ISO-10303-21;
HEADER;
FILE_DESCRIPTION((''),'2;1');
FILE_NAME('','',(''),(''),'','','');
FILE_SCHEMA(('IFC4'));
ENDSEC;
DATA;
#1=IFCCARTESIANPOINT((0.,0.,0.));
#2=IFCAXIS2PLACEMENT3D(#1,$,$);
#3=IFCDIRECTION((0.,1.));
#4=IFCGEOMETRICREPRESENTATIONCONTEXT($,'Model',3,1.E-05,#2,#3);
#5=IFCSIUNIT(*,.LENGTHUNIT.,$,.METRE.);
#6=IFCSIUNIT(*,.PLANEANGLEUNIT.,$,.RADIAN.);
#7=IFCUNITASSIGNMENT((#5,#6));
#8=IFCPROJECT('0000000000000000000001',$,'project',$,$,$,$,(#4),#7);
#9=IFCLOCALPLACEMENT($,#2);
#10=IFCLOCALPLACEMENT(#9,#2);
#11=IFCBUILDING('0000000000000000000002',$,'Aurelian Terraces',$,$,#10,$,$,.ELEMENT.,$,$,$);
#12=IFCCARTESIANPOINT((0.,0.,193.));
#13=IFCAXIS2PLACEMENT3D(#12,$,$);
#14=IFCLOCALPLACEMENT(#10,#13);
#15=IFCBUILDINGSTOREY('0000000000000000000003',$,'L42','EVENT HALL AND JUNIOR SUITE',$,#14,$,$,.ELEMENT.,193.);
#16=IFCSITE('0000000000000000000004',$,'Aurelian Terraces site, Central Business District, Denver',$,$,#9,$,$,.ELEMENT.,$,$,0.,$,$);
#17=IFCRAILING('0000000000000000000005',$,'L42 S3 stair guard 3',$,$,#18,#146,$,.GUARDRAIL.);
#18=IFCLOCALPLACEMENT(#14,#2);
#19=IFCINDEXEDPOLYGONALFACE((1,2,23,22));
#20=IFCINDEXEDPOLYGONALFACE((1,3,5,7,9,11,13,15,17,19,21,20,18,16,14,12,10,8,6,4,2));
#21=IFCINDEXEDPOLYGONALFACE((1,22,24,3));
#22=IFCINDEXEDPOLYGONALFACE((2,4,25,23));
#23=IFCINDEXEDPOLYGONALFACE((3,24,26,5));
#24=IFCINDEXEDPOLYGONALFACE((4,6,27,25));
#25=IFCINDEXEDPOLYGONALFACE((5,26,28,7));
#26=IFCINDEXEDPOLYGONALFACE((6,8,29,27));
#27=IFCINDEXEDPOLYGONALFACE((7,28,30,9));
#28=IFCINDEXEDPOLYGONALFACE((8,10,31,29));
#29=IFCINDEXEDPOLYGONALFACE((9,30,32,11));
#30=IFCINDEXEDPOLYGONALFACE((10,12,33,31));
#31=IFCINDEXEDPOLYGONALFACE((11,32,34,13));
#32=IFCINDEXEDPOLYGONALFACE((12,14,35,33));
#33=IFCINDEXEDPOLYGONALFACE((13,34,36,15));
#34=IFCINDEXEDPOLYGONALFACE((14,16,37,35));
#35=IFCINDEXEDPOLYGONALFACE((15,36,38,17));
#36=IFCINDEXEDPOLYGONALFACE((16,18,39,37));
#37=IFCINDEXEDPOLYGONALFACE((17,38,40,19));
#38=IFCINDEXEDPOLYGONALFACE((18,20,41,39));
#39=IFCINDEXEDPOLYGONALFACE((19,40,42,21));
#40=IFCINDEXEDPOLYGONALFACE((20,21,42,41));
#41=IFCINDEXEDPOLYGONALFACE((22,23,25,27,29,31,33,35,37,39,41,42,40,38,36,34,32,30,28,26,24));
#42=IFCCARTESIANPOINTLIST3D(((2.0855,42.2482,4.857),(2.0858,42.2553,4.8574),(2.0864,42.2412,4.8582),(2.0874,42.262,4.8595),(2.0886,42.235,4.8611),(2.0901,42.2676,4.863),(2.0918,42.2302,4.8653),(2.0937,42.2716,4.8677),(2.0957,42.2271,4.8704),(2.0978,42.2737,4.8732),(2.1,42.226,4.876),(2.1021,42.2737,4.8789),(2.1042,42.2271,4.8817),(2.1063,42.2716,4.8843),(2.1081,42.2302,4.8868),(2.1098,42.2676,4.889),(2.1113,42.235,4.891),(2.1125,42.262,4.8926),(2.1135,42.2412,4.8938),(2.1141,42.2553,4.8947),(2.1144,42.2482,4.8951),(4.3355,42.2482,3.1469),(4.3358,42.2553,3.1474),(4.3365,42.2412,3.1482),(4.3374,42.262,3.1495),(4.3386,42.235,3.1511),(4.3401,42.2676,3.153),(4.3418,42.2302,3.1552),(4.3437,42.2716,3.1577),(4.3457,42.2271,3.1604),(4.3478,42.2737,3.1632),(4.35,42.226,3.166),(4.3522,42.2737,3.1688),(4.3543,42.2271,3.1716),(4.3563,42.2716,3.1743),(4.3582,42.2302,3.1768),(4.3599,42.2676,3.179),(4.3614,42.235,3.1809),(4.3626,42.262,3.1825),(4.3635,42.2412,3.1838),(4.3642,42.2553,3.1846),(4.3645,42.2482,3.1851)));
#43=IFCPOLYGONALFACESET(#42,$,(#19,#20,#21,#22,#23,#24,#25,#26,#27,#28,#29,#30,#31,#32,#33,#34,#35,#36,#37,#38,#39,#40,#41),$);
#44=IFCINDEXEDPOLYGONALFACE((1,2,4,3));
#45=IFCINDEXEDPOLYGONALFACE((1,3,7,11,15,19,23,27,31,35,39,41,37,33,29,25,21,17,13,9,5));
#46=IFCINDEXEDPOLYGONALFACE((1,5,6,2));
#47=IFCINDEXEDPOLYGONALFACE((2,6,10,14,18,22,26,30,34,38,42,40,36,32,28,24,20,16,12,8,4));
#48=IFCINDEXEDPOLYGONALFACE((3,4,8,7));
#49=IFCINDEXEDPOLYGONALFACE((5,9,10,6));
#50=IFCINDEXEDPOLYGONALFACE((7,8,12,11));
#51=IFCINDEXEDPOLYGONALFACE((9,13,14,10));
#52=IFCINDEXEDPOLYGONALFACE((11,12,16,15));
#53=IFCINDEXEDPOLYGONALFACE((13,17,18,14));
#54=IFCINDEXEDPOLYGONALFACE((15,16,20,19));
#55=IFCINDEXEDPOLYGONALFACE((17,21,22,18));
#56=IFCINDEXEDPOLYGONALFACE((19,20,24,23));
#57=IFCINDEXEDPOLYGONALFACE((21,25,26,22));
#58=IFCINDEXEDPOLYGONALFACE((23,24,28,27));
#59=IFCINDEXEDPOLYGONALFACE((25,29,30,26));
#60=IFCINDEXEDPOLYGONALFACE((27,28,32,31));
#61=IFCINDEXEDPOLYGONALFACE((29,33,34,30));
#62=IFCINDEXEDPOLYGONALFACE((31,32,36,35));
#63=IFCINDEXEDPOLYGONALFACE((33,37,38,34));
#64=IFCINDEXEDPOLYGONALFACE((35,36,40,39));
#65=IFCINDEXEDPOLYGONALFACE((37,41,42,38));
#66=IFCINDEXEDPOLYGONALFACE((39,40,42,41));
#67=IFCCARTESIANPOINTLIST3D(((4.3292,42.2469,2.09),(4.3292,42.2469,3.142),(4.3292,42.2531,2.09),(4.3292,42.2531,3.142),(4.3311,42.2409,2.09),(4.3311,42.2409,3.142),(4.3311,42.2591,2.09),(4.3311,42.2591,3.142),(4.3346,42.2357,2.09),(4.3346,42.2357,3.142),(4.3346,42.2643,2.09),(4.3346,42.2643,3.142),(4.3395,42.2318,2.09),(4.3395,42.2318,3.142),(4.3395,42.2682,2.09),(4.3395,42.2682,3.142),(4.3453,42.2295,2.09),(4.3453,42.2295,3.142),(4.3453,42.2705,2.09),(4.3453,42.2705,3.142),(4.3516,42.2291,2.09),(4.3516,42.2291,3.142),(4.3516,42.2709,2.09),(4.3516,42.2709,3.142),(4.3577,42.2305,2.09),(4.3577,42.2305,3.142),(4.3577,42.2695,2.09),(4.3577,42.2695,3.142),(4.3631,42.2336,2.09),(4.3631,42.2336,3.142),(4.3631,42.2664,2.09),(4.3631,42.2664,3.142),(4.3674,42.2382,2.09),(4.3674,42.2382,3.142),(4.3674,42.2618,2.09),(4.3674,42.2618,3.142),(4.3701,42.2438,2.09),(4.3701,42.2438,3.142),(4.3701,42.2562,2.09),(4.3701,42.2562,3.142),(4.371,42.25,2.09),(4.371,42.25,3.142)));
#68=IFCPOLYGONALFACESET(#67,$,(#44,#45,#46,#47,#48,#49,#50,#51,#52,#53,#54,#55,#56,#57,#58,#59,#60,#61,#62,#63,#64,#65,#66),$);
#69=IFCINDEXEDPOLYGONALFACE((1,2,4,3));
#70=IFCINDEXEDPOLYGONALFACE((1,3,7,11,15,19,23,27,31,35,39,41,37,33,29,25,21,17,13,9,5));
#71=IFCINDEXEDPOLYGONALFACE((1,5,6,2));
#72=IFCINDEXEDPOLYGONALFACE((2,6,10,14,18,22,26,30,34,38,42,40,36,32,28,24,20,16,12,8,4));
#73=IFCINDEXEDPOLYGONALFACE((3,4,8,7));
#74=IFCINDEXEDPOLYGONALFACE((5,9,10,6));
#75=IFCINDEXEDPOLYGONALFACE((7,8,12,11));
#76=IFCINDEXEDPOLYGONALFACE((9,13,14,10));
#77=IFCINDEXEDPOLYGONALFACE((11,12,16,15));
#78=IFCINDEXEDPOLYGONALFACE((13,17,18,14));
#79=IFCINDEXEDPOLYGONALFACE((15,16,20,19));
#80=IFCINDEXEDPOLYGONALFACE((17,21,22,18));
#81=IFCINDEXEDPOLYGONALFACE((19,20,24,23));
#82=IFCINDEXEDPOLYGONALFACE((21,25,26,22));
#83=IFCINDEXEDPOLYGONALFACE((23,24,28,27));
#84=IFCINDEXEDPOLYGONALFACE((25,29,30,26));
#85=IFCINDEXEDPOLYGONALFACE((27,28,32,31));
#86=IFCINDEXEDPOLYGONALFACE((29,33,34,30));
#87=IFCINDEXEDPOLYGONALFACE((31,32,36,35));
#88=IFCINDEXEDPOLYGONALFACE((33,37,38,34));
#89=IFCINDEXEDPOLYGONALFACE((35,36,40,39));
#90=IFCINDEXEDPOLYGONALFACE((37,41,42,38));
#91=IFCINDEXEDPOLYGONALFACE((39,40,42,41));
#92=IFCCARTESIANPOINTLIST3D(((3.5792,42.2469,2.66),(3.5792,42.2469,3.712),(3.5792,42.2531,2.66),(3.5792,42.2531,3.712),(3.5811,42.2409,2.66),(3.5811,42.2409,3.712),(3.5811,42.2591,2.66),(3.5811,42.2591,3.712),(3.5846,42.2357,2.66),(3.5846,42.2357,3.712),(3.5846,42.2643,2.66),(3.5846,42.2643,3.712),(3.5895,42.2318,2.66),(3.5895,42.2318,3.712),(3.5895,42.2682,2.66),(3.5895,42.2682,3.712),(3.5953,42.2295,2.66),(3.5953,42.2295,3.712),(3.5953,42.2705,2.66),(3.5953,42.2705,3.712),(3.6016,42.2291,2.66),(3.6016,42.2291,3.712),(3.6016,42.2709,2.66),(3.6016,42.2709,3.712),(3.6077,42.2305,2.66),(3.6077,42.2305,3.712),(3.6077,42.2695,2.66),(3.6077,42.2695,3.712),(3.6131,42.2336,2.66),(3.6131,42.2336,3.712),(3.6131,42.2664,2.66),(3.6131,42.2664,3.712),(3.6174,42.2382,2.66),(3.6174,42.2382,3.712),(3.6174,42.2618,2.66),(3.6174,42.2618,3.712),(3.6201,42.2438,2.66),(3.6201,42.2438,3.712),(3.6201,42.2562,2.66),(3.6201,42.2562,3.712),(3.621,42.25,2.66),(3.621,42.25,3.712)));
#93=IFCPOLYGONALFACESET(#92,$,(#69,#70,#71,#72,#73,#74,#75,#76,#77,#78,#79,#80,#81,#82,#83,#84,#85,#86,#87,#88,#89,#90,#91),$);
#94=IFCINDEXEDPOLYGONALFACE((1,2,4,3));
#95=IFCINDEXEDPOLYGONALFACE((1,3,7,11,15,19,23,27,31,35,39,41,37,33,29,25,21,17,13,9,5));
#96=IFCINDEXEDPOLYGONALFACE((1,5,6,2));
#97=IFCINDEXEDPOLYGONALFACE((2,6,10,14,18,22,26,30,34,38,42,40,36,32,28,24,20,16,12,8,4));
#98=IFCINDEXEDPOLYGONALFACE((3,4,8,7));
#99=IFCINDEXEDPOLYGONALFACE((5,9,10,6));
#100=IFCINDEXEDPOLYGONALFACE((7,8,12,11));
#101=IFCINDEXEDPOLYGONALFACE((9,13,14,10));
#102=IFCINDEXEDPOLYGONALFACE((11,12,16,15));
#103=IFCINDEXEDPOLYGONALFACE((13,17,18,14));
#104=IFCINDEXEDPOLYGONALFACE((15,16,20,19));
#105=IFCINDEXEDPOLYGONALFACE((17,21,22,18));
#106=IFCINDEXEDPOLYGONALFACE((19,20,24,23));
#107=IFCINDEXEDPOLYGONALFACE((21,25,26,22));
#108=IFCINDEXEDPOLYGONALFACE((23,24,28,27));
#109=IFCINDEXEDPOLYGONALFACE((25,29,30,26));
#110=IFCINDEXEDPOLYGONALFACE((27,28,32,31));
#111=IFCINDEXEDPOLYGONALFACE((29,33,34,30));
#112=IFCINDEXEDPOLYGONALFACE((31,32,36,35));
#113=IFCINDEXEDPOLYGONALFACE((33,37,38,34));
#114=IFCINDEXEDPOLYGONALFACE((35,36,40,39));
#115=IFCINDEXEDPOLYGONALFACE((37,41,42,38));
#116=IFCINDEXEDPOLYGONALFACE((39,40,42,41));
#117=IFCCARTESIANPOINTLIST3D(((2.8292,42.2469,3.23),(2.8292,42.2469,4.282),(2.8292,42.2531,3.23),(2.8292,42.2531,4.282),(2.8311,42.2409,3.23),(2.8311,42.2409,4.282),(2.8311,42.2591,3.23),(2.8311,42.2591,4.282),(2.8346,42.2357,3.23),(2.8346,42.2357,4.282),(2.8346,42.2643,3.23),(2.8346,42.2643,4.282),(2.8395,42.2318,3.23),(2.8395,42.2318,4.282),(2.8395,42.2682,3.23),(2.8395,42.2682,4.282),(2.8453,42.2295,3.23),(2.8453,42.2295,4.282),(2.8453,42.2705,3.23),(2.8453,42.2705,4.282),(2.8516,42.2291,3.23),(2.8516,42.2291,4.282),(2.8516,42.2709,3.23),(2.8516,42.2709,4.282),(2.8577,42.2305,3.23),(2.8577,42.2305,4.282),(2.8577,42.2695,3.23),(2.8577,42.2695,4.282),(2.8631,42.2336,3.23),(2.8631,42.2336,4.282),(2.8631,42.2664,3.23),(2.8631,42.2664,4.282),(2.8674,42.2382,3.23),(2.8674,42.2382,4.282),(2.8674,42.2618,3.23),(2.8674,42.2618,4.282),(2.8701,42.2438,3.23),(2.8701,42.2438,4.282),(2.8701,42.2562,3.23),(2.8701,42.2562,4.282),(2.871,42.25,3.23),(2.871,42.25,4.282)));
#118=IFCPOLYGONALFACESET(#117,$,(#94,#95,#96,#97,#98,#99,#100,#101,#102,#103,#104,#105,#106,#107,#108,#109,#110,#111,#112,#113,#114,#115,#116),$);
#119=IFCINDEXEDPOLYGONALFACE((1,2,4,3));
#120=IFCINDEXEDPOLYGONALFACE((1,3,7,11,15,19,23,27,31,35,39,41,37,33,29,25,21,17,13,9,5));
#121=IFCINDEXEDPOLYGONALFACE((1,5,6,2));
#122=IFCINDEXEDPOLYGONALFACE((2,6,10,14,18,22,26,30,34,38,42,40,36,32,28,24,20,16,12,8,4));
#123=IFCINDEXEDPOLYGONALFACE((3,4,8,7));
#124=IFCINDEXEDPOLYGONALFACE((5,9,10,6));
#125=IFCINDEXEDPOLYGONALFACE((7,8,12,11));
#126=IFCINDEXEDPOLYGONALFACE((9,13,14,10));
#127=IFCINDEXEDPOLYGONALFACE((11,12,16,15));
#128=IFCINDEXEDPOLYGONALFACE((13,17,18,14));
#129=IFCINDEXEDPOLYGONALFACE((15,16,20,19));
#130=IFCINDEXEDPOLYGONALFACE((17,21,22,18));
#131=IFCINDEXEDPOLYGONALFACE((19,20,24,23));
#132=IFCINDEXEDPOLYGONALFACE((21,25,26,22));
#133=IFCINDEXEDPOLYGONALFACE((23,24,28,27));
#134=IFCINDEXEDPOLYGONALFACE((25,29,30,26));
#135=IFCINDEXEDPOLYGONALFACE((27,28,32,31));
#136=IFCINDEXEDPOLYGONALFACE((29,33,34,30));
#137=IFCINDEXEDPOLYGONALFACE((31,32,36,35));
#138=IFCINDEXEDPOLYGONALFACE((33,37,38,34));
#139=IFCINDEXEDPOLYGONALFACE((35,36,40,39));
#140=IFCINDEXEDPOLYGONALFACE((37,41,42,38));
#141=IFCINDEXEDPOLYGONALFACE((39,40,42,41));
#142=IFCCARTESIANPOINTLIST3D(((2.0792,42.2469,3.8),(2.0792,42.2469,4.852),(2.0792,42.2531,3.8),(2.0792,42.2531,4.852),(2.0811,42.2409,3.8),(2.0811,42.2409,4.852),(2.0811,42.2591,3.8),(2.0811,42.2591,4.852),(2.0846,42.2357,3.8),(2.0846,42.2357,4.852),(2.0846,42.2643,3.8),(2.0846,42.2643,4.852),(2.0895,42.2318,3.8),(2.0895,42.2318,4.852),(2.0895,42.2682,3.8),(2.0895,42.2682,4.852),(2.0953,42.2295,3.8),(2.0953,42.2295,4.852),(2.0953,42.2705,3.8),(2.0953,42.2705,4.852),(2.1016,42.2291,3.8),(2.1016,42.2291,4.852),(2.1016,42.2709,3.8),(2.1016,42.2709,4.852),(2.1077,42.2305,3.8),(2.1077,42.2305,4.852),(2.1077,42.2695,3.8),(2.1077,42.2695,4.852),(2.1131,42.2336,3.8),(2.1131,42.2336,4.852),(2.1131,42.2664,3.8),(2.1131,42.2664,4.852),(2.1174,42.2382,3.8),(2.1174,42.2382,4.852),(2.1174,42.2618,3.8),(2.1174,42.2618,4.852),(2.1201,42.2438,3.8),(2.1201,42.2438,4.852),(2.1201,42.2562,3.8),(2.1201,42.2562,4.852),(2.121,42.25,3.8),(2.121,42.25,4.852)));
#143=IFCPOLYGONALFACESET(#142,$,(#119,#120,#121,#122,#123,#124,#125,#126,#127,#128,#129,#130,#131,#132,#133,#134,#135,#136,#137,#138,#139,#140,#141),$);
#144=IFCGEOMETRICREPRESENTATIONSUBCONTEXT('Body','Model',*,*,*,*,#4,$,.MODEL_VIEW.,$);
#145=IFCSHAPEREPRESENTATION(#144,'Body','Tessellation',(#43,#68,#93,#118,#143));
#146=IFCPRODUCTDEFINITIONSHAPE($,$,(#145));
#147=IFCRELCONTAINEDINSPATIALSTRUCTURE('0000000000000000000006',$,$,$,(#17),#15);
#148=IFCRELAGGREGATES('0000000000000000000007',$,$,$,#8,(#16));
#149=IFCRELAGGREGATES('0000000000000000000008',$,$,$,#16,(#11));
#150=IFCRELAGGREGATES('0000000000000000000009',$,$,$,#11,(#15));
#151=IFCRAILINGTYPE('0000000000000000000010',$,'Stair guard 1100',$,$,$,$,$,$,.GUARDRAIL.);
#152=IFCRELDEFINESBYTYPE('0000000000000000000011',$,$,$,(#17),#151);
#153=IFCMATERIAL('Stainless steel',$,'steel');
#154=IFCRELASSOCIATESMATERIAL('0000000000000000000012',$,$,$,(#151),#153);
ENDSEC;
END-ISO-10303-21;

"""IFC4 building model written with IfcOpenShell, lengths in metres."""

from ifc_helpers import new_model, si_unit, direction, frame, origin, origin_2d, place, context, subcontext, project, spatial, circle, extrude, source, transform, mapped, material, type_object, element, save


model = new_model("IFC4")

# Units and contexts
model_context = context("Model", 3, precision=1e-05, world=origin(), true_north=direction((0.0, 1.0)))
body_context = subcontext(model_context, "Body", "Model", "MODEL_VIEW")
ifc_project = project(units=[si_unit("LENGTHUNIT", "METRE"), si_unit("PLANEANGLEUNIT", "RADIAN")], contexts=[model_context])

# Site, building, storey
site_placement = place(None, origin())
site = spatial("IfcSite", under=ifc_project, at=site_placement, Name="Aurelian Terraces site, Central Business District, Denver", CompositionType="ELEMENT", RefElevation=0.0)
building_placement = place(site_placement, origin())
building = spatial("IfcBuilding", under=site, at=building_placement, Name="Aurelian Terraces", CompositionType="ELEMENT")
storey_placement = place(building_placement, frame((0.0, 0.0, 193.0)))
storey = spatial("IfcBuildingStorey", under=building, at=storey_placement, Name="L42", Description="EVENT HALL AND JUNIOR SUITE", CompositionType="ELEMENT", Elevation=193.0)

# Railing
ifc_material_1 = material(Name="Stainless steel", Category="steel")
railing_type_1 = type_object("IfcRailingType", Name="Stair guard 1100", PredefinedType="GUARDRAIL", material=ifc_material_1)
shared_shape_1 = source(origin(), body_context, "Body", "SweptSolid", [
    extrude(circle(Radius=0.024, at=origin_2d()), frame((0.0, 0.0, 1.076), z_axis=(-0.796162, 0.0, 0.605083), x_axis=(0.0, -1.0, 0.0)), (0.0, 0.0, 1.0), 2.8261),
    extrude(circle(Radius=0.021, at=origin_2d()), origin(), (0.0, 0.0, 1.0), 1.052),
    extrude(circle(Radius=0.021, at=origin_2d()), frame((-0.75, 0.0, 0.57)), (0.0, 0.0, 1.0), 1.052),
    extrude(circle(Radius=0.021, at=origin_2d()), frame((-1.5, 0.0, 1.14)), (0.0, 0.0, 1.0), 1.052),
    extrude(circle(Radius=0.021, at=origin_2d()), frame((-2.25, 0.0, 1.71)), (0.0, 0.0, 1.0), 1.052),
])
railing_1_placement = place(storey_placement, frame((4.35, 42.25, 2.09)))
element("IfcRailing", 1, at=railing_1_placement, inside=storey, type_object=railing_type_1, Name="L42 S3 stair guard 3", PredefinedType="GUARDRAIL", context=body_context, shape_type="MappedRepresentation", body=[
    mapped(shared_shape_1, transform((0.0, 0.0, 0.0), scale=1.0)),
])

save(model, "model.ifc")
